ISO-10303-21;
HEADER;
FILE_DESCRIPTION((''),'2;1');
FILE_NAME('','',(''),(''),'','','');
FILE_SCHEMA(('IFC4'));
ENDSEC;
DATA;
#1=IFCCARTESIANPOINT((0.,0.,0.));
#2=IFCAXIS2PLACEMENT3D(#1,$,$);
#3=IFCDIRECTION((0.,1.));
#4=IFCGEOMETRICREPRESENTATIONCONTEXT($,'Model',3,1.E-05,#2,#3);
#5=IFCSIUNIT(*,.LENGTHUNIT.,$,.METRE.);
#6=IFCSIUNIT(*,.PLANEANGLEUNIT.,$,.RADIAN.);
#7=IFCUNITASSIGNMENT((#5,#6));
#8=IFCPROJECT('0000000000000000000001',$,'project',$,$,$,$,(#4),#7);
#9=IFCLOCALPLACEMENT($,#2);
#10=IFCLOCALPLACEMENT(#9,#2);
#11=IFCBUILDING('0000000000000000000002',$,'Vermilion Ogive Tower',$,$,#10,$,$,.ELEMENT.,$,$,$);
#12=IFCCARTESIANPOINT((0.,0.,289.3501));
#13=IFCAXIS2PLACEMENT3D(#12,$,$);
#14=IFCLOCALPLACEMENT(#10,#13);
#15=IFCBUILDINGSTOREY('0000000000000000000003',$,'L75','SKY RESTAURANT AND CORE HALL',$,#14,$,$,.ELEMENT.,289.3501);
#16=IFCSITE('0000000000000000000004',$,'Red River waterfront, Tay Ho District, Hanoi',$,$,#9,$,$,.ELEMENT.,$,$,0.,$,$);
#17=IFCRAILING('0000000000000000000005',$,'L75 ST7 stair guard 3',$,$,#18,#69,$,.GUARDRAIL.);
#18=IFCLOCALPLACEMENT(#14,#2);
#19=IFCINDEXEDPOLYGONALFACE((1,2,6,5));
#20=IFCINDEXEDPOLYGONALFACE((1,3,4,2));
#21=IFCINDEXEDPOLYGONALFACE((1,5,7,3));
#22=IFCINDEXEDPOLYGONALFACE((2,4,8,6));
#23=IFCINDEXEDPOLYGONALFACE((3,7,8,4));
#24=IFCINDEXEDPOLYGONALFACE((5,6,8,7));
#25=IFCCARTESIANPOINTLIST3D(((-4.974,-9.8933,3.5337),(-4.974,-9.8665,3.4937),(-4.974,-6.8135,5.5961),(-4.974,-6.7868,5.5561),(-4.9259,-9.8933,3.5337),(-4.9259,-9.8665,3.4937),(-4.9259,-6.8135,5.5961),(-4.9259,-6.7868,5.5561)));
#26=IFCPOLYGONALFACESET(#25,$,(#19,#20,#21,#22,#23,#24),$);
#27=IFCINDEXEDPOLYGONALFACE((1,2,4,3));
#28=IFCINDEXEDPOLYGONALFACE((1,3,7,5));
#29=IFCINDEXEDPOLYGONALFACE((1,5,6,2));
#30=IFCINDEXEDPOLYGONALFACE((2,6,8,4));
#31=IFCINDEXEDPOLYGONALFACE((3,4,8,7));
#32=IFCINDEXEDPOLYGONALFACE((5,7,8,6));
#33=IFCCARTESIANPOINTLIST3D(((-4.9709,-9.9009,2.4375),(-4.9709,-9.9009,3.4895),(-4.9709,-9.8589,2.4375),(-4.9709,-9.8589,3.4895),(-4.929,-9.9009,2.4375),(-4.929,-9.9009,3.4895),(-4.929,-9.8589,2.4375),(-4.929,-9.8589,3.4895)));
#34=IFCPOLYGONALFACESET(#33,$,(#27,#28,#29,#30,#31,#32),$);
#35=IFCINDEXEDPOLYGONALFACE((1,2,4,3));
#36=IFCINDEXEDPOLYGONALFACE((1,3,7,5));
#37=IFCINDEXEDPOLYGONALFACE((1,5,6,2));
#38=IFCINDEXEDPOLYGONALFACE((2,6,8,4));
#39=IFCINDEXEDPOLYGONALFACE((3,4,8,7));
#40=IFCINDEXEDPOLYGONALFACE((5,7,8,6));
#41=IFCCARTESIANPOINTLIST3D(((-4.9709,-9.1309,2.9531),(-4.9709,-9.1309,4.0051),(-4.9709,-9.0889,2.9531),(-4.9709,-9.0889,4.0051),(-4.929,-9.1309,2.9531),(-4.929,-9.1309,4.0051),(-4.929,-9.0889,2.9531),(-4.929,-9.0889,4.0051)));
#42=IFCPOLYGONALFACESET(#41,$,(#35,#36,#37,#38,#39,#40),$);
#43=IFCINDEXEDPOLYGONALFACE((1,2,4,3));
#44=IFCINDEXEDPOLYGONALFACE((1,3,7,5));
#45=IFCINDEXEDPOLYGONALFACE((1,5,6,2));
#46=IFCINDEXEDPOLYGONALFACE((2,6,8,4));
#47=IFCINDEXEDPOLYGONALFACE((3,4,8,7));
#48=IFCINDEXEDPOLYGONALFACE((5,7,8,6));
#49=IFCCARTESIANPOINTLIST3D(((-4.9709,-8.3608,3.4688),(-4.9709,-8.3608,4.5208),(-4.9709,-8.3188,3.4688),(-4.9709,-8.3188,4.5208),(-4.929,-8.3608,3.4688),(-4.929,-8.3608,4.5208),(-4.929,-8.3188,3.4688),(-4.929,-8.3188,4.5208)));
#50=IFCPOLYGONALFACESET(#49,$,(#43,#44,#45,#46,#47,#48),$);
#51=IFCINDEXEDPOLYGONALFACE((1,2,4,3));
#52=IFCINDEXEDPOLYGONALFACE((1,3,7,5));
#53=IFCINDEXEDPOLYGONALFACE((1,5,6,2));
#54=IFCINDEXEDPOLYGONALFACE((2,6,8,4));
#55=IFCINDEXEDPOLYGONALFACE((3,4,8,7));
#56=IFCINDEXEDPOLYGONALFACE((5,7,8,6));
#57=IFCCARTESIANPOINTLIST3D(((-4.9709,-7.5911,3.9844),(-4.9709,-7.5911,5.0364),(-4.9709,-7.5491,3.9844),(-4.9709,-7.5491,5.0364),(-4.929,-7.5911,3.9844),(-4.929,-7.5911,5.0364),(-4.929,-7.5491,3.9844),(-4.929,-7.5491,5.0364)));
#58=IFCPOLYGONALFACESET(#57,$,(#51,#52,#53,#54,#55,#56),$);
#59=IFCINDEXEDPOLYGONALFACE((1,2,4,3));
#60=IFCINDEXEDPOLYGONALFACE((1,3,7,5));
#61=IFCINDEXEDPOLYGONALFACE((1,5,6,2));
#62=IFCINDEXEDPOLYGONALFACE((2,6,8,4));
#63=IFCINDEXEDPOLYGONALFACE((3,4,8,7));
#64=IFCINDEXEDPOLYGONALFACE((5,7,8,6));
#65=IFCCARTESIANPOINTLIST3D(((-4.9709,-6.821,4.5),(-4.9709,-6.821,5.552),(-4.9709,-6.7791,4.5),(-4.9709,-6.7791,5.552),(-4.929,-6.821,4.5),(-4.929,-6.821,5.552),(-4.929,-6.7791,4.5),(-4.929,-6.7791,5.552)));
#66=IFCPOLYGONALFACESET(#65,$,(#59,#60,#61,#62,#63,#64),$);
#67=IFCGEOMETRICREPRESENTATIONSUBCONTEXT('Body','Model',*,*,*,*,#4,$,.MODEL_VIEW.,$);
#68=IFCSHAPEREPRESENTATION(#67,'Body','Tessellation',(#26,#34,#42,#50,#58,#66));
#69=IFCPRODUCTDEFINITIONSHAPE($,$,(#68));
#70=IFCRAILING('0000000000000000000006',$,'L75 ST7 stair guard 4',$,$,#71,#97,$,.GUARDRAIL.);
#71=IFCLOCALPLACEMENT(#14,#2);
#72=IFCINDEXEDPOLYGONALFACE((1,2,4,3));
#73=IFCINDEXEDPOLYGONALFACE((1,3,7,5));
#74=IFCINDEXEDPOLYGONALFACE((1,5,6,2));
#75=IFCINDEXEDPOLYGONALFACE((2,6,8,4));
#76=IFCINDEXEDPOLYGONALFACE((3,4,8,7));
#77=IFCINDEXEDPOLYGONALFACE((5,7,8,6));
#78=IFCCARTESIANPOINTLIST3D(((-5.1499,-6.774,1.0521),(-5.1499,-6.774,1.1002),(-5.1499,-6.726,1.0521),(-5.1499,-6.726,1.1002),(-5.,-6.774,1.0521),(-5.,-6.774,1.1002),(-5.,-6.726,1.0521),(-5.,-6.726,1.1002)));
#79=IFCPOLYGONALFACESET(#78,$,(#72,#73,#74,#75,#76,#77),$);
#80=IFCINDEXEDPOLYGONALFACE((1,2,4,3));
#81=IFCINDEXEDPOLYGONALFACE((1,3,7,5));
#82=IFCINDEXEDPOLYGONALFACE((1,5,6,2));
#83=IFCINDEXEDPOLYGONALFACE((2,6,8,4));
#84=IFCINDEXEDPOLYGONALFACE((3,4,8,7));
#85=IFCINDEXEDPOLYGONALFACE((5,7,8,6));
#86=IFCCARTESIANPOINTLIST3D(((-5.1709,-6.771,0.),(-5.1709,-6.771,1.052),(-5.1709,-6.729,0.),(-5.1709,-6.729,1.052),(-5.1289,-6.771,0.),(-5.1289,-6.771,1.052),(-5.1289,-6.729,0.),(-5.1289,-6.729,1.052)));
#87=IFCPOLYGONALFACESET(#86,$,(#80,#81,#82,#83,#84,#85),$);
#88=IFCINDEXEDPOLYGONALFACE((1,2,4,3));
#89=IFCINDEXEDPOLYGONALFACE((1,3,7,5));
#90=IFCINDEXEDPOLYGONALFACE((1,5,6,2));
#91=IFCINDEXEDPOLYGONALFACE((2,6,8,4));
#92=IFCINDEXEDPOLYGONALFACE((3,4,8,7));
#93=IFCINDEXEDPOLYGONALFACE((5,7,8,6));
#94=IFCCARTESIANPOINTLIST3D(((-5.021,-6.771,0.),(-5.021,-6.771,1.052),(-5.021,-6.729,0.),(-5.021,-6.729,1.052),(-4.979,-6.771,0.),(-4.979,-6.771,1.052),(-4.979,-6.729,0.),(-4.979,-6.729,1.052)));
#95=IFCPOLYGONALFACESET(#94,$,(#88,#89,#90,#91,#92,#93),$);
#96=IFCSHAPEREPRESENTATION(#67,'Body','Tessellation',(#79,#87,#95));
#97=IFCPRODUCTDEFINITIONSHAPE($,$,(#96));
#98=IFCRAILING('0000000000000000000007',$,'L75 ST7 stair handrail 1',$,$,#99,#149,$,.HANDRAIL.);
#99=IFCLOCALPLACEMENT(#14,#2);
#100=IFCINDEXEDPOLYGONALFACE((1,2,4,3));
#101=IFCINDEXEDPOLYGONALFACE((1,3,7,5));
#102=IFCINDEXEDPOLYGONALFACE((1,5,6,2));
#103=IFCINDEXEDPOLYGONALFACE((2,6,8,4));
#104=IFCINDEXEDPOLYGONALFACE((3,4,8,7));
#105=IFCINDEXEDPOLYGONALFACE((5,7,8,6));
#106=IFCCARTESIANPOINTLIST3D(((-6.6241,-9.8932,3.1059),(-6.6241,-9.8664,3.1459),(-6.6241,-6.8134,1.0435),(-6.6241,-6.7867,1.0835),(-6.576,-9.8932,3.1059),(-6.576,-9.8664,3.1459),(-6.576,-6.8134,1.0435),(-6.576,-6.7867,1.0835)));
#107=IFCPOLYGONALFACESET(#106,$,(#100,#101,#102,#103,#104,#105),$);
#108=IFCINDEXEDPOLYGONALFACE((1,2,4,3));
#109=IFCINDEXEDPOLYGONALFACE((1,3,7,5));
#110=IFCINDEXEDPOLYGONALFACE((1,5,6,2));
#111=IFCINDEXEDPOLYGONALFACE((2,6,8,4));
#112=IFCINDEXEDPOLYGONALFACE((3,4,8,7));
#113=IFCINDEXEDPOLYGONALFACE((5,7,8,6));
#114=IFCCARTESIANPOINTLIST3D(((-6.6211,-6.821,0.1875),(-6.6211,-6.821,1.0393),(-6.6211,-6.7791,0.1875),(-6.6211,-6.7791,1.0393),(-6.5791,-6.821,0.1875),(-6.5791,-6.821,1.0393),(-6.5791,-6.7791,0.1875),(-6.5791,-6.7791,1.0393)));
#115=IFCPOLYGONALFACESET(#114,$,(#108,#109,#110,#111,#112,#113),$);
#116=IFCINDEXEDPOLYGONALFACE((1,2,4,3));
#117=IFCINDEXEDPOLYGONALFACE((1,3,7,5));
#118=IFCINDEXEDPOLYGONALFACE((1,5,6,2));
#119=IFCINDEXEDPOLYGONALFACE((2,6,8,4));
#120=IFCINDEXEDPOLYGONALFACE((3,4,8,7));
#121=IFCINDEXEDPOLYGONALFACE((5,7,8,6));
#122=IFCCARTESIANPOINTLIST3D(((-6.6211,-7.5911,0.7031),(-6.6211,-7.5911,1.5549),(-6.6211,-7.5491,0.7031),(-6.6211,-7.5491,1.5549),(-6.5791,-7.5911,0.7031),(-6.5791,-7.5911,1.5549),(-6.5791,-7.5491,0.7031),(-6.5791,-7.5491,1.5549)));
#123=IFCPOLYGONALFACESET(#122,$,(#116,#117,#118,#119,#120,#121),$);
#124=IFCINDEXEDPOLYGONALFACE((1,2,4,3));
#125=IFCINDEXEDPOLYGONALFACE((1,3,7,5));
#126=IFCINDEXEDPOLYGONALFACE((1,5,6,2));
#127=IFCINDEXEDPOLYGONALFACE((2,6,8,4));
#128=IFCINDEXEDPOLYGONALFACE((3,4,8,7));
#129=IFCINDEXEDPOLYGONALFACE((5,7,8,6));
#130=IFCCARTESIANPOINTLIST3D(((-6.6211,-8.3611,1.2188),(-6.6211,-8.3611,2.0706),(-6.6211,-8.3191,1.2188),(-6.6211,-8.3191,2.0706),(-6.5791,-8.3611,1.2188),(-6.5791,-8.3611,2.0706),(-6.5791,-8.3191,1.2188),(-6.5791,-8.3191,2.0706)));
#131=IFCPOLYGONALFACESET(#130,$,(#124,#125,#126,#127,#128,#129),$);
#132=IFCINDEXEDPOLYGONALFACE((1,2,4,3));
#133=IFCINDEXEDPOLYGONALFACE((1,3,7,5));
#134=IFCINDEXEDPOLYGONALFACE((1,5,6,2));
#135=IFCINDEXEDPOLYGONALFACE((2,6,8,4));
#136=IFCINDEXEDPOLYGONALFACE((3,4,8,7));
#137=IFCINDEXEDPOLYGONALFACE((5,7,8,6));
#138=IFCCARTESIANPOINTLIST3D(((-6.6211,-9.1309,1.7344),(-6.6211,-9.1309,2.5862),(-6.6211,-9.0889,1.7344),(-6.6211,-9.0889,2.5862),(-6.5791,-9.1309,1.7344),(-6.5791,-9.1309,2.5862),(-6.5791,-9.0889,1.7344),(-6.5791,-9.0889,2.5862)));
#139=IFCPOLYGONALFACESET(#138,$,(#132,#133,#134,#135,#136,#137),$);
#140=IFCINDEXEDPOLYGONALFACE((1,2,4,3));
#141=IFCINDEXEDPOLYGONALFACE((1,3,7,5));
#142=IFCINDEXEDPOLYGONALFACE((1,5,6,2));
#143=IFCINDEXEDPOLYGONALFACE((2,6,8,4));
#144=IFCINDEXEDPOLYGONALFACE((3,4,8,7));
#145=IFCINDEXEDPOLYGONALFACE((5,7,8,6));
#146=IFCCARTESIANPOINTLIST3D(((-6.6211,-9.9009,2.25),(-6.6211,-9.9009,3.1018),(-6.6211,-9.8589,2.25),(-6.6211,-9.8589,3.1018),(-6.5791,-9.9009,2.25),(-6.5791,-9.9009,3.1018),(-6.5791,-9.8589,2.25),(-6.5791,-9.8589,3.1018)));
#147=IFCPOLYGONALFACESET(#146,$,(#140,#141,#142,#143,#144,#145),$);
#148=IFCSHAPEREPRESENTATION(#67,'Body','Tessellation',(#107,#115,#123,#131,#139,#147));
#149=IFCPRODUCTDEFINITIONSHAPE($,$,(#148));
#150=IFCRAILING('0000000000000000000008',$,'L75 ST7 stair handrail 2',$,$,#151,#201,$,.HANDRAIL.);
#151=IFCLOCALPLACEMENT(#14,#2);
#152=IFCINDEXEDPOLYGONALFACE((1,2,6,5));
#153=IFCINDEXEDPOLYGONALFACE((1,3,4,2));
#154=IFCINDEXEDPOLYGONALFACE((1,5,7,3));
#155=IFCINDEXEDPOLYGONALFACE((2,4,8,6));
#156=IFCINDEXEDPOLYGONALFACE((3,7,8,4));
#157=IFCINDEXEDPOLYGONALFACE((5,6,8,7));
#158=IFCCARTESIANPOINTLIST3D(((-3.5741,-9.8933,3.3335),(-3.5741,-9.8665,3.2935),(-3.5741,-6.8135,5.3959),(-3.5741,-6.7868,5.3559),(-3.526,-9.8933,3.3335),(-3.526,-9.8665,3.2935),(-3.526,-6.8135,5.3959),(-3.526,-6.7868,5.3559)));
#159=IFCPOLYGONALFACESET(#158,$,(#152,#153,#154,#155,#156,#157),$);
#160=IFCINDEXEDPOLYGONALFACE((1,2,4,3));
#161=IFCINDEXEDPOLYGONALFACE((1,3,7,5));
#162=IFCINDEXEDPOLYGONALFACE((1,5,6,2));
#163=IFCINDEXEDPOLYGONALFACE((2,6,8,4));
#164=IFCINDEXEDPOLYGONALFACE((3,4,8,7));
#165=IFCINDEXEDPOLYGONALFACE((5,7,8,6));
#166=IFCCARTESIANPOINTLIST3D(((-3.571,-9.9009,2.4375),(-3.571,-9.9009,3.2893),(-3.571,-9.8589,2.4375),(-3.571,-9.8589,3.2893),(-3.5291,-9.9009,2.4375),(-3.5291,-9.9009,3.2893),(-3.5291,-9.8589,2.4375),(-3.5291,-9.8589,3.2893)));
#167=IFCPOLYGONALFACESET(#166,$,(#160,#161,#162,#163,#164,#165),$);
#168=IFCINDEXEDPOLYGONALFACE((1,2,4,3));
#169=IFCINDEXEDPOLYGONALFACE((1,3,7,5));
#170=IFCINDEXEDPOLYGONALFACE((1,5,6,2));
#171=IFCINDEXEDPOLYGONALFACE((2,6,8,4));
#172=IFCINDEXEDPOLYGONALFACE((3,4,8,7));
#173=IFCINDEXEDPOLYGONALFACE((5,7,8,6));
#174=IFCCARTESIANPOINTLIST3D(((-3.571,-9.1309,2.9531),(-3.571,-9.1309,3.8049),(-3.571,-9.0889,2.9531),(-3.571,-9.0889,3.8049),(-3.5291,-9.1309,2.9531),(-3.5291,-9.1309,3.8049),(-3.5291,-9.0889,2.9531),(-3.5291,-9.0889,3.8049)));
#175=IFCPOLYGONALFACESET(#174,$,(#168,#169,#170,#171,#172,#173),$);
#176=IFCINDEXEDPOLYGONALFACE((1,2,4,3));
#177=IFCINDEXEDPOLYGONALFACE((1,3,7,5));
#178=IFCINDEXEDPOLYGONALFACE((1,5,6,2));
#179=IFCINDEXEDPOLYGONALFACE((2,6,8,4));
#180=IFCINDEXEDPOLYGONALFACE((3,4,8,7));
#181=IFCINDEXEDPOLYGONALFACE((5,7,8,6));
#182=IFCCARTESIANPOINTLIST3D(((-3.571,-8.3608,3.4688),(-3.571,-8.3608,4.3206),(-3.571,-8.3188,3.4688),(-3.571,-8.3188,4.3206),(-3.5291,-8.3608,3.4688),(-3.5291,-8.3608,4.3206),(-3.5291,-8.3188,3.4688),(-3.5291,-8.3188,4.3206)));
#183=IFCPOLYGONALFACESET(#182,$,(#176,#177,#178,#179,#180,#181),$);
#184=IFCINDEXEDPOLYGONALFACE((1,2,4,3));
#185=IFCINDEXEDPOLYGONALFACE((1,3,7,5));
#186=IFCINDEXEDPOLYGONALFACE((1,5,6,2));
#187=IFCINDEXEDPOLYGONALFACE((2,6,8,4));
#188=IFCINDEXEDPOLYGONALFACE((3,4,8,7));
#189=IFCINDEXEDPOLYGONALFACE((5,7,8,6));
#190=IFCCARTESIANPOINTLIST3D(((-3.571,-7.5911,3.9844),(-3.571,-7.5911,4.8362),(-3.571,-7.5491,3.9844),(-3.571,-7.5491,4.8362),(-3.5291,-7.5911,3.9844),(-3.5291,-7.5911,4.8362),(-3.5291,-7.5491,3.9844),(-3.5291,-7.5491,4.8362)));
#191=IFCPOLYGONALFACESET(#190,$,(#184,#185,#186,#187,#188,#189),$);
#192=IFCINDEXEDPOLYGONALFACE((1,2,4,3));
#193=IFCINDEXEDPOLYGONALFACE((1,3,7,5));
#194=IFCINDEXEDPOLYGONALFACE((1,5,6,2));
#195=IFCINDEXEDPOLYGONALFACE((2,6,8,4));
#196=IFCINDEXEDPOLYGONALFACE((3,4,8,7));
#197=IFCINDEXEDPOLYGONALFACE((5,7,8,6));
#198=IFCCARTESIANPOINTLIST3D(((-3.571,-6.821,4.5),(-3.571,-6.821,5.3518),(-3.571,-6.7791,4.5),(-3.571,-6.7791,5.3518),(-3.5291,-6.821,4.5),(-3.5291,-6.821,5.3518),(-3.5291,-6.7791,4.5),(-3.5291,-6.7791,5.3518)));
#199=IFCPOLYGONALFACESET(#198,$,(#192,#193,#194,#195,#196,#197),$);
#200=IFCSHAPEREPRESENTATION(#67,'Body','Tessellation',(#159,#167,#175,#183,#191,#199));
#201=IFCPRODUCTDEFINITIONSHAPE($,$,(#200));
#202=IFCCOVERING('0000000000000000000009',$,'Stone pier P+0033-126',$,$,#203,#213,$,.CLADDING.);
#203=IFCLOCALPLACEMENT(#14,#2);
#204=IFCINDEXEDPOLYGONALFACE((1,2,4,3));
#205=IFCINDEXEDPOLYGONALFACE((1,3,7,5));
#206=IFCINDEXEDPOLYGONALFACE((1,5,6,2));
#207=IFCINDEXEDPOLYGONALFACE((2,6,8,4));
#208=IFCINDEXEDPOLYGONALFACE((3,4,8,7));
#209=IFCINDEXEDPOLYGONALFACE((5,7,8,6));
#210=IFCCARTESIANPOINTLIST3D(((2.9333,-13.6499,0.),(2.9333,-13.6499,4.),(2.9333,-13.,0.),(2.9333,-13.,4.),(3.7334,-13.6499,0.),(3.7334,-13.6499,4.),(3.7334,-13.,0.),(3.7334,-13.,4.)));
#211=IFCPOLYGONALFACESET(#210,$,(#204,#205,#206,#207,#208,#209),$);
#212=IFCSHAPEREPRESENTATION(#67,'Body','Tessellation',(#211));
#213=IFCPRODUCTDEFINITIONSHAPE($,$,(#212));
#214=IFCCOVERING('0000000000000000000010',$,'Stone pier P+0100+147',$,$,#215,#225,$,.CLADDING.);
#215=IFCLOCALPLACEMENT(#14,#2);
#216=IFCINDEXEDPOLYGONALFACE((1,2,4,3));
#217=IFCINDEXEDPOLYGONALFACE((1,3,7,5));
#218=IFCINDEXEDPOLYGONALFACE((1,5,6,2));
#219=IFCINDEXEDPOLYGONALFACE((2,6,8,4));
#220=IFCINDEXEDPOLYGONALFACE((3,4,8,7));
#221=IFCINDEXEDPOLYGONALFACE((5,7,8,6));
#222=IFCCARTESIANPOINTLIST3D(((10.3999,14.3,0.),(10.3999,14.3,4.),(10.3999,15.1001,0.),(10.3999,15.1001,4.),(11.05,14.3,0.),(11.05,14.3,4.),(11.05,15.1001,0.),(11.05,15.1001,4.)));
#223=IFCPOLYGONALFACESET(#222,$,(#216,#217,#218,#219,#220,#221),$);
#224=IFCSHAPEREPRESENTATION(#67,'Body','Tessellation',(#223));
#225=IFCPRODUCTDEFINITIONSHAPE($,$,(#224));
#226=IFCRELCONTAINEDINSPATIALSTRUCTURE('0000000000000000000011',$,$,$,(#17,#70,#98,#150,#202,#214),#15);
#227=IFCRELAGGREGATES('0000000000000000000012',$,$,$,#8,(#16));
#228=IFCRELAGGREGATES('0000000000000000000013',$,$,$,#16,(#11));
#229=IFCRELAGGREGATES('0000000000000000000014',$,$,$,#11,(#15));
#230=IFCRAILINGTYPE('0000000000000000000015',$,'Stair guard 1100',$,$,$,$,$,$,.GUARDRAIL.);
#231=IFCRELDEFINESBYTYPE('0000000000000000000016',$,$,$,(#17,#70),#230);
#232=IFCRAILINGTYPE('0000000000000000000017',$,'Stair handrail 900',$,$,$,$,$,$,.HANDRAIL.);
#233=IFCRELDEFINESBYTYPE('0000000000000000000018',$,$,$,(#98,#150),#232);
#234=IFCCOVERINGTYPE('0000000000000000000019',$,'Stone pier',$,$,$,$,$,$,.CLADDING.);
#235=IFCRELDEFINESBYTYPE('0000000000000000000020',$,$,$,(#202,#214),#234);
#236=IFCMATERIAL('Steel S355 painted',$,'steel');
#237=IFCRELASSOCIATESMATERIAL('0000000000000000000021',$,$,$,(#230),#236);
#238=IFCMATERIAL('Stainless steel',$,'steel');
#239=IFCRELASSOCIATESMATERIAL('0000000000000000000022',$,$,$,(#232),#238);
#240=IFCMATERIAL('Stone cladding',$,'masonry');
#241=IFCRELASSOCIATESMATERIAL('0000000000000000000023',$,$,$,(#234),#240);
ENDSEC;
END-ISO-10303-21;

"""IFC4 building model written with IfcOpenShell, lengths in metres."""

from ifc_helpers import new_model, si_unit, direction, frame, origin, origin_2d, place, context, subcontext, project, spatial, polyline, rectangle, outline, extrude, material, type_object, element, save


model = new_model("IFC4")

# Units and contexts
model_context = context("Model", 3, precision=1e-05, world=origin(), true_north=direction((0.0, 1.0)))
body_context = subcontext(model_context, "Body", "Model", "MODEL_VIEW")
ifc_project = project(units=[si_unit("LENGTHUNIT", "METRE"), si_unit("PLANEANGLEUNIT", "RADIAN")], contexts=[model_context])

# Site, building, storey
site_placement = place(None, origin())
site = spatial("IfcSite", under=ifc_project, at=site_placement, Name="Red River waterfront, Tay Ho District, Hanoi", CompositionType="ELEMENT", RefElevation=0.0)
building_placement = place(site_placement, origin())
building = spatial("IfcBuilding", under=site, at=building_placement, Name="Vermilion Ogive Tower", CompositionType="ELEMENT")
storey_placement = place(building_placement, frame((0.0, 0.0, 289.3501)))
storey = spatial("IfcBuildingStorey", under=building, at=storey_placement, Name="L75", Description="SKY RESTAURANT AND CORE HALL", CompositionType="ELEMENT", Elevation=289.3501)

# Railings
ifc_material_1 = material(Name="Steel S355 painted", Category="steel")
railing_type_1 = type_object("IfcRailingType", Name="Stair guard 1100", PredefinedType="GUARDRAIL", material=ifc_material_1)
railing_1_placement = place(storey_placement, frame((-4.95, -9.8799, 2.4375)))
element("IfcRailing", 1, at=railing_1_placement, inside=storey, type_object=railing_type_1, Name="L75 ST7 stair guard 3", PredefinedType="GUARDRAIL", context=body_context, shape_type="SweptSolid", body=[
    extrude(rectangle(XDim=0.0481, YDim=0.0481, at=origin_2d()), frame((0.0, 0.0, 1.0762), z_axis=(0.0, 0.830893, 0.556432), x_axis=(-1.0, 0.0, 0.0)), (0.0, 0.0, 1.0), 3.7065),
    extrude(rectangle(XDim=0.042, YDim=0.042, at=origin_2d()), origin(), (0.0, 0.0, 1.0), 1.052),
    extrude(rectangle(XDim=0.042, YDim=0.042, at=origin_2d()), frame((0.0, 0.77, 0.5156)), (0.0, 0.0, 1.0), 1.052),
    extrude(rectangle(XDim=0.042, YDim=0.042, at=origin_2d()), frame((0.0, 1.54, 1.0312)), (0.0, 0.0, 1.0), 1.052),
    extrude(rectangle(XDim=0.042, YDim=0.042, at=origin_2d()), frame((0.0, 2.3098, 1.5469)), (0.0, 0.0, 1.0), 1.052),
    extrude(rectangle(XDim=0.042, YDim=0.042, at=origin_2d()), frame((0.0, 3.0798, 2.0625)), (0.0, 0.0, 1.0), 1.052),
])
railing_2_placement = place(storey_placement, frame((-5.1499, -6.75, 0.0)))
element("IfcRailing", 2, at=railing_2_placement, inside=storey, type_object=railing_type_1, Name="L75 ST7 stair guard 4", PredefinedType="GUARDRAIL", context=body_context, shape_type="SweptSolid", body=[
    extrude(rectangle(XDim=0.0481, YDim=0.0481, at=origin_2d()), frame((0.0, 0.0, 1.0762), z_axis=(1.0, 0.0, 0.0), x_axis=(0.0, 1.0, 0.0)), (0.0, 0.0, 1.0), 0.1499),
    extrude(rectangle(XDim=0.042, YDim=0.042, at=origin_2d()), origin(), (0.0, 0.0, 1.0), 1.052),
    extrude(rectangle(XDim=0.042, YDim=0.042, at=origin_2d()), frame((0.1499, 0.0, 0.0)), (0.0, 0.0, 1.0), 1.052),
])
ifc_material_2 = material(Name="Stainless steel", Category="steel")
railing_type_2 = type_object("IfcRailingType", Name="Stair handrail 900", PredefinedType="HANDRAIL", material=ifc_material_2)
railing_3_placement = place(storey_placement, frame((-6.6001, -6.8, 0.1875)))
element("IfcRailing", 3, at=railing_3_placement, inside=storey, type_object=railing_type_2, Name="L75 ST7 stair handrail 1", PredefinedType="HANDRAIL", context=body_context, shape_type="SweptSolid", body=[
    extrude(rectangle(XDim=0.0481, YDim=0.0481, at=origin_2d()), frame((0.0, 0.0, 0.876), z_axis=(0.0, -0.830893, 0.556432), x_axis=(1.0, 0.0, 0.0)), (0.0, 0.0, 1.0), 3.7065),
    extrude(rectangle(XDim=0.042, YDim=0.042, at=origin_2d()), origin(), (0.0, 0.0, 1.0), 0.8518),
    extrude(rectangle(XDim=0.042, YDim=0.042, at=origin_2d()), frame((0.0, -0.77, 0.5156)), (0.0, 0.0, 1.0), 0.8518),
    extrude(rectangle(XDim=0.042, YDim=0.042, at=origin_2d()), frame((0.0, -1.54, 1.0312)), (0.0, 0.0, 1.0), 0.8518),
    extrude(rectangle(XDim=0.042, YDim=0.042, at=origin_2d()), frame((0.0, -2.3098, 1.5469)), (0.0, 0.0, 1.0), 0.8518),
    extrude(rectangle(XDim=0.042, YDim=0.042, at=origin_2d()), frame((0.0, -3.0798, 2.0625)), (0.0, 0.0, 1.0), 0.8518),
])
railing_4_placement = place(storey_placement, frame((-3.55, -9.8799, 2.4375)))
element("IfcRailing", 4, at=railing_4_placement, inside=storey, type_object=railing_type_2, Name="L75 ST7 stair handrail 2", PredefinedType="HANDRAIL", context=body_context, shape_type="SweptSolid", body=[
    extrude(rectangle(XDim=0.0481, YDim=0.0481, at=origin_2d()), frame((0.0, 0.0, 0.876), z_axis=(0.0, 0.830893, 0.556432), x_axis=(-1.0, 0.0, 0.0)), (0.0, 0.0, 1.0), 3.7065),
    extrude(rectangle(XDim=0.042, YDim=0.042, at=origin_2d()), origin(), (0.0, 0.0, 1.0), 0.8518),
    extrude(rectangle(XDim=0.042, YDim=0.042, at=origin_2d()), frame((0.0, 0.77, 0.5156)), (0.0, 0.0, 1.0), 0.8518),
    extrude(rectangle(XDim=0.042, YDim=0.042, at=origin_2d()), frame((0.0, 1.54, 1.0312)), (0.0, 0.0, 1.0), 0.8518),
    extrude(rectangle(XDim=0.042, YDim=0.042, at=origin_2d()), frame((0.0, 2.3098, 1.5469)), (0.0, 0.0, 1.0), 0.8518),
    extrude(rectangle(XDim=0.042, YDim=0.042, at=origin_2d()), frame((0.0, 3.0798, 2.0625)), (0.0, 0.0, 1.0), 0.8518),
])

# Coverings
ifc_material_3 = material(Name="Stone cladding", Category="masonry")
covering_type = type_object("IfcCoveringType", Name="Stone pier", PredefinedType="CLADDING", material=ifc_material_3)
covering_1_placement = place(storey_placement, origin())
element("IfcCovering", 5, at=covering_1_placement, inside=storey, type_object=covering_type, Name="Stone pier P+0033-126", PredefinedType="CLADDING", context=body_context, shape_type="SweptSolid", body=[
    extrude(outline(polyline([(3.7334, -13.0), (3.7334, -13.6499), (2.9333, -13.6499), (2.9333, -13.0), (2.9333, -13.0), (3.7334, -13.0)])), origin(), (0.0, 0.0, 1.0), 4.0),
])
covering_2_placement = place(storey_placement, origin())
element("IfcCovering", 6, at=covering_2_placement, inside=storey, type_object=covering_type, Name="Stone pier P+0100+147", PredefinedType="CLADDING", context=body_context, shape_type="SweptSolid", body=[
    extrude(outline(polyline([(11.05, 15.1001), (11.05, 14.3), (10.3999, 14.3), (10.3999, 15.1001), (11.05, 15.1001)])), origin(), (0.0, 0.0, 1.0), 4.0),
])

save(model, "model.ifc")
